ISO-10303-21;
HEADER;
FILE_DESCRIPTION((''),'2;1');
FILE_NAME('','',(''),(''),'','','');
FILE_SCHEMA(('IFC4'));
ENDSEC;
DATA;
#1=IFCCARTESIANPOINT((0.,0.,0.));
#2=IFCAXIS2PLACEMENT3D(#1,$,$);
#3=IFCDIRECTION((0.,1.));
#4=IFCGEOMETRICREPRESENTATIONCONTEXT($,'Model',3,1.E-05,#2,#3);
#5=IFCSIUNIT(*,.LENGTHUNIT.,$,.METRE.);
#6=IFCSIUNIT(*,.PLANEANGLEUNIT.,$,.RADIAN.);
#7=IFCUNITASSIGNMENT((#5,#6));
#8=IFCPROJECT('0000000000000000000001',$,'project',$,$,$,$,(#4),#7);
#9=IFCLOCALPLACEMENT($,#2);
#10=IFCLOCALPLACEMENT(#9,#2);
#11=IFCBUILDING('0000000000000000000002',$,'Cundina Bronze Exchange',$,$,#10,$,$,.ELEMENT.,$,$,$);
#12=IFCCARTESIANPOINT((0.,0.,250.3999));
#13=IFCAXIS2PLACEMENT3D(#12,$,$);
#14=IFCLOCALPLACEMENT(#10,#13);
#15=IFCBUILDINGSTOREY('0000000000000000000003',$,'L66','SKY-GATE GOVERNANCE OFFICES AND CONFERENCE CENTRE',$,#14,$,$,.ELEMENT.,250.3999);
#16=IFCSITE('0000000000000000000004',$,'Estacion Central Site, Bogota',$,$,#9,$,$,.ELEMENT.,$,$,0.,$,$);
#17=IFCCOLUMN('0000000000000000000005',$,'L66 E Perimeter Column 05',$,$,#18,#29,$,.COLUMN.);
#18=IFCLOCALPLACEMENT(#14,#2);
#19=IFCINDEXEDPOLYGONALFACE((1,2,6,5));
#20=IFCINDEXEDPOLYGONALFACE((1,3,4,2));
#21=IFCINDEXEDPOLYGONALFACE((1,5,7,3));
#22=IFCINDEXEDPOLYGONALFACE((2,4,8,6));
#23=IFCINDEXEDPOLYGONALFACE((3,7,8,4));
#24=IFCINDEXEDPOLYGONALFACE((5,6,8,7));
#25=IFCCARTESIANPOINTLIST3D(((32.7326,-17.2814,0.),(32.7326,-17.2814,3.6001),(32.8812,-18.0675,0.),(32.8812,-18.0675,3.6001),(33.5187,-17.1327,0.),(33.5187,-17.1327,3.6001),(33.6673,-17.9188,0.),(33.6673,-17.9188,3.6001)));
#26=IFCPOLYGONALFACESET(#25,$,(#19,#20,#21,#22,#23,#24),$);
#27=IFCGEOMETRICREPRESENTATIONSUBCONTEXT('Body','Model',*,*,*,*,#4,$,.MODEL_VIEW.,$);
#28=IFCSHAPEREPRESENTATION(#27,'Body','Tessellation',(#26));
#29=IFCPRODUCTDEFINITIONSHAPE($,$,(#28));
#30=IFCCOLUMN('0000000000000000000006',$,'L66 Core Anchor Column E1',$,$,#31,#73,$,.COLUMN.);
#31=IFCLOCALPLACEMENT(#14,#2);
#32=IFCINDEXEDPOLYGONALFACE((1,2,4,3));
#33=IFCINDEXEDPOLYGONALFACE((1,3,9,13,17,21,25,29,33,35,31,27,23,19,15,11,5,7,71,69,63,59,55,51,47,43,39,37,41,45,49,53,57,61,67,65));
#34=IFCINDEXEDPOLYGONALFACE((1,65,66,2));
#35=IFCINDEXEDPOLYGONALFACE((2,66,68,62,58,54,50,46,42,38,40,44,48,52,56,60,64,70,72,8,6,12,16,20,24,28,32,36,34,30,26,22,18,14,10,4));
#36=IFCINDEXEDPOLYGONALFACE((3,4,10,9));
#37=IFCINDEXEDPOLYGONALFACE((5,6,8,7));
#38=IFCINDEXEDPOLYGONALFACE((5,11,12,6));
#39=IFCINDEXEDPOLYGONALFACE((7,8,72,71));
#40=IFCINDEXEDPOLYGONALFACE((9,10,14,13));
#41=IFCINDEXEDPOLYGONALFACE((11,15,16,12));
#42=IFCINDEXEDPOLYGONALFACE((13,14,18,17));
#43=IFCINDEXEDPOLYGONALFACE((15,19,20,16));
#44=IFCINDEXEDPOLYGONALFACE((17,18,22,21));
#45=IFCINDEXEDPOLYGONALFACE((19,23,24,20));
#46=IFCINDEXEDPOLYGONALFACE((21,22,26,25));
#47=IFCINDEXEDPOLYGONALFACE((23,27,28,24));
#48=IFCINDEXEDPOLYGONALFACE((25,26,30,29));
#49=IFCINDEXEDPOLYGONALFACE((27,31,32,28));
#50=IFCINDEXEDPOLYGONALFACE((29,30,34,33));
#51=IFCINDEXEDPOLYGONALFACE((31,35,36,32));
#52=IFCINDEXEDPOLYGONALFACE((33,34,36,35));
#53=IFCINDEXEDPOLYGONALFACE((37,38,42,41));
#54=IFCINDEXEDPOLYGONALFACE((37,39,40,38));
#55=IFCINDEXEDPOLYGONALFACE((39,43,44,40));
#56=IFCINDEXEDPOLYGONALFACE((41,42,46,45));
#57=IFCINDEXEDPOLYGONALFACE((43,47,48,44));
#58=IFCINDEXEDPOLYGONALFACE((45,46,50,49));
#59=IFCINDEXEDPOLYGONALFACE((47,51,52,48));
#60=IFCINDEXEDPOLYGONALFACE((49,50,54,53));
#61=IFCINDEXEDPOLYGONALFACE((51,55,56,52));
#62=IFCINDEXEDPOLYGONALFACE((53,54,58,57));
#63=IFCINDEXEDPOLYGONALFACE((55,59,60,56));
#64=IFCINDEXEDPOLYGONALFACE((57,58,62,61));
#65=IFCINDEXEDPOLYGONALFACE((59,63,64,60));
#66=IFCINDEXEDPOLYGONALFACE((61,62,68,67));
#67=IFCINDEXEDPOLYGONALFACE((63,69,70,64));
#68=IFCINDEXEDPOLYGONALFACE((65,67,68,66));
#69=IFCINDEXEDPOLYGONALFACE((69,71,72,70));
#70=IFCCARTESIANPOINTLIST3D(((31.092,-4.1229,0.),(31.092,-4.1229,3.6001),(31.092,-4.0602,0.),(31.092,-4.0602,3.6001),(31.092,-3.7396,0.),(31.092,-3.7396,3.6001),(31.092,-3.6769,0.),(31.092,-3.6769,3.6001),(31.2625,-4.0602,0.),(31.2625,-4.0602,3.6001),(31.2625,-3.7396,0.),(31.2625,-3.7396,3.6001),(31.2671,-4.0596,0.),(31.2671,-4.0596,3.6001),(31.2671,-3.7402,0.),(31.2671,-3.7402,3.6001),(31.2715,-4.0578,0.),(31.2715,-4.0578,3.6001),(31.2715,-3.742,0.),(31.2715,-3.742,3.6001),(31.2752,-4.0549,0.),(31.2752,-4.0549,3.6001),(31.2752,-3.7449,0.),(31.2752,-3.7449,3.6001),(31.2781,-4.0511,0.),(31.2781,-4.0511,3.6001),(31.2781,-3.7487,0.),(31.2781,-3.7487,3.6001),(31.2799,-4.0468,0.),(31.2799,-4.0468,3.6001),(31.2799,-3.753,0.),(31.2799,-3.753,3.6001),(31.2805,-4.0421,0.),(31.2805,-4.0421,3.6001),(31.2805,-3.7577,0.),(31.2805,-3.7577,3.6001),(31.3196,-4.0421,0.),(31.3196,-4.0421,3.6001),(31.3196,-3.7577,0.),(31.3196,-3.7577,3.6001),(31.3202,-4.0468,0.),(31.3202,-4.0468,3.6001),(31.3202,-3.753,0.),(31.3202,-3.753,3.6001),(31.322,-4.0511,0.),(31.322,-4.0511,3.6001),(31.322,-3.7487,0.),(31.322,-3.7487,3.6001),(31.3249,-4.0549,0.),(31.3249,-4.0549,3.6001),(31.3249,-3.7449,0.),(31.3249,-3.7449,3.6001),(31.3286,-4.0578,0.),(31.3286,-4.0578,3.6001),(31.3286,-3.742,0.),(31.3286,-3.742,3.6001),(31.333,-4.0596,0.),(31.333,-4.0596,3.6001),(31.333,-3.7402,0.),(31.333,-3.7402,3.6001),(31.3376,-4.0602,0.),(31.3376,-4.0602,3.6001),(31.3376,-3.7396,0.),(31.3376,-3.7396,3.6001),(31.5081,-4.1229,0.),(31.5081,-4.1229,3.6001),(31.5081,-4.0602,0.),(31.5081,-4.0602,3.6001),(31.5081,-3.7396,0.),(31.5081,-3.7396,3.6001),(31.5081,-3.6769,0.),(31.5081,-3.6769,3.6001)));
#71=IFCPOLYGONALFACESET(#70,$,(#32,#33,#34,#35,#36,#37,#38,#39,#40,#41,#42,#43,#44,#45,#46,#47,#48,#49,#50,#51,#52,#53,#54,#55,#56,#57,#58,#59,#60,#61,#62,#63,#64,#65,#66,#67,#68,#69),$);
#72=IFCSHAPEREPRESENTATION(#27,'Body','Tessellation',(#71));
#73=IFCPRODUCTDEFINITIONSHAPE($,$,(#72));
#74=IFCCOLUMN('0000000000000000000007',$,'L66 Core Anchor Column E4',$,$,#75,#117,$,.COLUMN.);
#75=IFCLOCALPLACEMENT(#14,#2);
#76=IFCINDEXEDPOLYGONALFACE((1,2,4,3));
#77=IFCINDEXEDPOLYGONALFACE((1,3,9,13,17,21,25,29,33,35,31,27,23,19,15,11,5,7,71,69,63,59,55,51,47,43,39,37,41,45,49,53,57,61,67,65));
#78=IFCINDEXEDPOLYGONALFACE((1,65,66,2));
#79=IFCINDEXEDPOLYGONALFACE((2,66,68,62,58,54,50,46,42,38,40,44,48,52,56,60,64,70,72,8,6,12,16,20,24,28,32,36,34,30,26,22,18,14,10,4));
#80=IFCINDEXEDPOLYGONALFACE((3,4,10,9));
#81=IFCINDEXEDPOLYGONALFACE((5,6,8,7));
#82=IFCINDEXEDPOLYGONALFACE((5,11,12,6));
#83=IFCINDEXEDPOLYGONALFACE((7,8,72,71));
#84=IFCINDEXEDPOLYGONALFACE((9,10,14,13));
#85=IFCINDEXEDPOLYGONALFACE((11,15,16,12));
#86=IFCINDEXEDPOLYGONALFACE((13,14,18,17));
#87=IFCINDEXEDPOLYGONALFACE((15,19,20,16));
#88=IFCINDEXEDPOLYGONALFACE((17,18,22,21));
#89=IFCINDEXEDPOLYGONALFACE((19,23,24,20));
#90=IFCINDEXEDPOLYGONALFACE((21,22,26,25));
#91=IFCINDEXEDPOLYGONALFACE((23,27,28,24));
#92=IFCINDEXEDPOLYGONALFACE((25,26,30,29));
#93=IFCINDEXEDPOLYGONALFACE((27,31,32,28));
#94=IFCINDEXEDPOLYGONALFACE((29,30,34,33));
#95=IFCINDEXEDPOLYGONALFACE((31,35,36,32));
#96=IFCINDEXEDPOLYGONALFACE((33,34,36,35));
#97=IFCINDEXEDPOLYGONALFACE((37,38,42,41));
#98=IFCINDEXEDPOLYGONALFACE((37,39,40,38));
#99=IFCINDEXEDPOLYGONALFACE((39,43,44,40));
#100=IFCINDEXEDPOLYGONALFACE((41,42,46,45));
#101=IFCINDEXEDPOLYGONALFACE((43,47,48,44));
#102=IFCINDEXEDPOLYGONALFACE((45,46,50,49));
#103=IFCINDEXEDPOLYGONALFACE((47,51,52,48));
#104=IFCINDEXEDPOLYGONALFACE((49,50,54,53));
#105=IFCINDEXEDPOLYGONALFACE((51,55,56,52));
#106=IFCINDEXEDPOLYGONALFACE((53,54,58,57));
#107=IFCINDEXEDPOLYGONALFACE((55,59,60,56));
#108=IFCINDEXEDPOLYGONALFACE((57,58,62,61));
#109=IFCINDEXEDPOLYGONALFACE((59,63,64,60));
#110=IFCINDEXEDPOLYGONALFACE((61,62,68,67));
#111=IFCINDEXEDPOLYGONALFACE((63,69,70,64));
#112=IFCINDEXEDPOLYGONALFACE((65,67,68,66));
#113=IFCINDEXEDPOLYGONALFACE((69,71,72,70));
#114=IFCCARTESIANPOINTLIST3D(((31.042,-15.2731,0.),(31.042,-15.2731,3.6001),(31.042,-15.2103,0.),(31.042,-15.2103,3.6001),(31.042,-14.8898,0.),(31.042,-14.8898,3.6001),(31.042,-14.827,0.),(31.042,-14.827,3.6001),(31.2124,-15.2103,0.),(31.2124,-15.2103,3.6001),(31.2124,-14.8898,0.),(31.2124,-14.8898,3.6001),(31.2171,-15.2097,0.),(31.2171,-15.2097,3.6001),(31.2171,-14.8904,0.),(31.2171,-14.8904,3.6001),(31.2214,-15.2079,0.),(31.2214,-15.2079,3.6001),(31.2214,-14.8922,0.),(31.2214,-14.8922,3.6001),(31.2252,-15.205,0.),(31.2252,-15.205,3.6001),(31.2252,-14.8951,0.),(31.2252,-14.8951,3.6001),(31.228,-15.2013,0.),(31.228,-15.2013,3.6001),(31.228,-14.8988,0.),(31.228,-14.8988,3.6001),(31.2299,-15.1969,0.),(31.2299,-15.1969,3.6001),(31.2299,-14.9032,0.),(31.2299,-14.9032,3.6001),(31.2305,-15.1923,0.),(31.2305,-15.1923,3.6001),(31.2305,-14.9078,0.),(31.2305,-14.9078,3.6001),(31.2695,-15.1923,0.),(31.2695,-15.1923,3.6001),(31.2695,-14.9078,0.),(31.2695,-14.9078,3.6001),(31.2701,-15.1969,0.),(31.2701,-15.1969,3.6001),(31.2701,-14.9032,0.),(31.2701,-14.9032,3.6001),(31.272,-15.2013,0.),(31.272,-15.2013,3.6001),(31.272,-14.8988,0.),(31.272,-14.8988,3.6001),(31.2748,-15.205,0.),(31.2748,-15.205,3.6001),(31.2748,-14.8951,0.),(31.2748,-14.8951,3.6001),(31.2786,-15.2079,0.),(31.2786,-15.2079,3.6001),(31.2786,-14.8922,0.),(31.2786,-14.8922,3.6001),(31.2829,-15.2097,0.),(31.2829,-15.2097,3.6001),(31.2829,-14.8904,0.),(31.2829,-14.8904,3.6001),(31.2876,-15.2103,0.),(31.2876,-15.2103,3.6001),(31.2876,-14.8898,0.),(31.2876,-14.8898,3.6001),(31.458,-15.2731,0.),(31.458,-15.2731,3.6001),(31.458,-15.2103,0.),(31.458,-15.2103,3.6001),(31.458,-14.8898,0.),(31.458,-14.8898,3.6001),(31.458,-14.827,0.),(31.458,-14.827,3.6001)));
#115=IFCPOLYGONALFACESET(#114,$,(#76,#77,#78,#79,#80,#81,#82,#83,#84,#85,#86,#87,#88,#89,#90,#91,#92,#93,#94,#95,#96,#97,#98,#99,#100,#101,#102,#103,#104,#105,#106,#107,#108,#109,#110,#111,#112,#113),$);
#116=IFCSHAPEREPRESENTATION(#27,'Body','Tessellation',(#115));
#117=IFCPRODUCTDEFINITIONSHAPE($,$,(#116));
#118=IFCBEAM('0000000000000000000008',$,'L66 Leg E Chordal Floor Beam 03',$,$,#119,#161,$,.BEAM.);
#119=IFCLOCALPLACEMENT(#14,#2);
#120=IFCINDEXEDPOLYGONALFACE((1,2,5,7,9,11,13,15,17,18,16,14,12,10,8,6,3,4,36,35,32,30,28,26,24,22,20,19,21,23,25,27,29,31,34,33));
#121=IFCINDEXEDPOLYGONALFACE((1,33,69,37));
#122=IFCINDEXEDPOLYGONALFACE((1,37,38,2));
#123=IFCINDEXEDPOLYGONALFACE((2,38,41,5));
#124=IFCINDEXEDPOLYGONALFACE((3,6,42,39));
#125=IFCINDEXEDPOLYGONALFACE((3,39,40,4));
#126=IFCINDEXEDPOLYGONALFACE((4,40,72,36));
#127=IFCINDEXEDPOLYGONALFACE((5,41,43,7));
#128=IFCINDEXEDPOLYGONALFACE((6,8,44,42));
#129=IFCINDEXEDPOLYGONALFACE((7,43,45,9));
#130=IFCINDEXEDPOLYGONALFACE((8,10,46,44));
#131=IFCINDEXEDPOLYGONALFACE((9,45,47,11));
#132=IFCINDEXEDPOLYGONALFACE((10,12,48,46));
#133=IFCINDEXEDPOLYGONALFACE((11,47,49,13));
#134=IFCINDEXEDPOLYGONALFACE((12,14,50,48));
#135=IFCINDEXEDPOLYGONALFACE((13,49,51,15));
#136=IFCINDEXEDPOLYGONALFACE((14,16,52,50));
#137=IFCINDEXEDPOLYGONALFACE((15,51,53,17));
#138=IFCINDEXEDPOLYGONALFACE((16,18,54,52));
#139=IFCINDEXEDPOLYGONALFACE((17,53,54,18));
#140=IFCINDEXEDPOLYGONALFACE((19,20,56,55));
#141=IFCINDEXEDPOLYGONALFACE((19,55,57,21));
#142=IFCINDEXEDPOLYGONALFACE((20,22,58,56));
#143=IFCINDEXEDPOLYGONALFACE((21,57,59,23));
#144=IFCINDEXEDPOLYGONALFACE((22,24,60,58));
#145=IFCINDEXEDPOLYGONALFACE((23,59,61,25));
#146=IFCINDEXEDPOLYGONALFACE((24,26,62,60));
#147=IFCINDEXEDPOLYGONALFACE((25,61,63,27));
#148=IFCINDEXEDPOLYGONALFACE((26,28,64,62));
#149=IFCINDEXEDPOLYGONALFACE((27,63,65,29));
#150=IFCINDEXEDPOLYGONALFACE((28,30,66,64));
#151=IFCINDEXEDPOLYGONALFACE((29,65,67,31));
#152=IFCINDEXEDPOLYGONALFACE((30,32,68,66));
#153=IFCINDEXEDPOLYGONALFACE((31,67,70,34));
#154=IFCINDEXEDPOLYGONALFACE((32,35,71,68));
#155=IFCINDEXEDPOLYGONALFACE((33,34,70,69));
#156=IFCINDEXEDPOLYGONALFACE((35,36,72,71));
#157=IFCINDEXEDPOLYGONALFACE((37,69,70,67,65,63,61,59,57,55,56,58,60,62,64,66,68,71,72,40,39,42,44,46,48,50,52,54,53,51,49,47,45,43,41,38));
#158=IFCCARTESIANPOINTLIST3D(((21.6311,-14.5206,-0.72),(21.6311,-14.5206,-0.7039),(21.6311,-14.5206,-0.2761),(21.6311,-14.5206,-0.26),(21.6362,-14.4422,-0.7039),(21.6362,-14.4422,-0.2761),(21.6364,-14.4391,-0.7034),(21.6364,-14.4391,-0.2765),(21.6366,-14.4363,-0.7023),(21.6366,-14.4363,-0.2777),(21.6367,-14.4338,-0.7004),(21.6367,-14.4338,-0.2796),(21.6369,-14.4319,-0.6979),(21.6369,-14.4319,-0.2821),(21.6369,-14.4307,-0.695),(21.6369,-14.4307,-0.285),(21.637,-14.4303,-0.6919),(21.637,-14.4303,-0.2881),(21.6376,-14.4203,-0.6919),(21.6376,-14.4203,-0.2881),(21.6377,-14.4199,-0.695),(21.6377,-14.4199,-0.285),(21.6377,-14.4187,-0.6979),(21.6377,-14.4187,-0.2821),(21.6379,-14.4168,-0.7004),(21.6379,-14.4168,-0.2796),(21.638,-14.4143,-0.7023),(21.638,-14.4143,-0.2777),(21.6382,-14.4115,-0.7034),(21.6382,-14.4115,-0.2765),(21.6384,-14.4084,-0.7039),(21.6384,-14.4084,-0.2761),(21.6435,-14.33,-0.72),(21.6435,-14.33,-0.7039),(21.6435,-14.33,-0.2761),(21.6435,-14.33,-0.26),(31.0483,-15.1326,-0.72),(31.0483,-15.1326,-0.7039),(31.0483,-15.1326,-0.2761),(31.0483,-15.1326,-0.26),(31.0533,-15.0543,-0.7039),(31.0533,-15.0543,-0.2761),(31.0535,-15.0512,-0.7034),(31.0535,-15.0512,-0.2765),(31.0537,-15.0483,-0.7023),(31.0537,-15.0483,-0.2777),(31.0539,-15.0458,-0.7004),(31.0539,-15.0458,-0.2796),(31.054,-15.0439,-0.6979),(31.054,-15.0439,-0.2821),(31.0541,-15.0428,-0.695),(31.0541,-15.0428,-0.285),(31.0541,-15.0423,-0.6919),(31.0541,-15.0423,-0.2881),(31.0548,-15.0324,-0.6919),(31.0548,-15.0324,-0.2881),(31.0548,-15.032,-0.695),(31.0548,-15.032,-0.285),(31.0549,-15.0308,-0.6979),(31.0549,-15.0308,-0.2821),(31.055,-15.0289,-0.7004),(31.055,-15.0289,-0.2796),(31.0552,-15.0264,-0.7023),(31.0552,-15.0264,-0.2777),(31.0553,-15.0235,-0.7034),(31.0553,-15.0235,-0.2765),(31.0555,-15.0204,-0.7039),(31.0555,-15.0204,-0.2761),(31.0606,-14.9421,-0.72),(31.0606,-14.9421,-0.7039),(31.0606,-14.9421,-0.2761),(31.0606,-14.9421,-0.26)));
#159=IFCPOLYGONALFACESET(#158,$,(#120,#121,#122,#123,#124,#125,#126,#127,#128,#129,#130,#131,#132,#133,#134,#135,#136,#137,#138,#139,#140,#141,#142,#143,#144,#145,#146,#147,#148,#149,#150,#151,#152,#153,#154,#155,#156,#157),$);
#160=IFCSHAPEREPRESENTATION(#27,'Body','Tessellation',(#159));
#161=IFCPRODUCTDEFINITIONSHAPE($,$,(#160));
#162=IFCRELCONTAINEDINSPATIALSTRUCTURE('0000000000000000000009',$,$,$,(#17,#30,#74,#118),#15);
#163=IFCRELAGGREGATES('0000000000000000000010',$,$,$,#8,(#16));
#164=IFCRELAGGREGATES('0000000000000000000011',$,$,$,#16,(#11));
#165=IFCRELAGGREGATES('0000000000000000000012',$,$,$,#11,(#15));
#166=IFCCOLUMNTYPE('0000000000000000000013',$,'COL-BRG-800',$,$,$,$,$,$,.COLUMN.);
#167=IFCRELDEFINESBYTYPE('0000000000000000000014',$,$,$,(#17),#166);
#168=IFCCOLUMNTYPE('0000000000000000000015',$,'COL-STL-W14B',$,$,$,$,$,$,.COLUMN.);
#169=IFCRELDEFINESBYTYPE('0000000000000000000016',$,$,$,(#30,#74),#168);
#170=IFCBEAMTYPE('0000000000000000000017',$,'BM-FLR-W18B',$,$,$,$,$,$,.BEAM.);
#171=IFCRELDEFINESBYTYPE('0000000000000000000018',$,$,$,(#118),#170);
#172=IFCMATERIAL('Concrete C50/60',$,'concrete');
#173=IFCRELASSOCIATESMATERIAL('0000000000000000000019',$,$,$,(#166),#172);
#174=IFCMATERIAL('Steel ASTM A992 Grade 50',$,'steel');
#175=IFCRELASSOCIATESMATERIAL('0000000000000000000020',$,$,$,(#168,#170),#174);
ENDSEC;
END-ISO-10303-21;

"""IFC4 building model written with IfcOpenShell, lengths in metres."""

from ifc_helpers import new_model, si_unit, direction, frame, origin, origin_2d, place, context, subcontext, project, spatial, rectangle, i_section, extrude, material, material_profile, profile_set, type_object, element, save


model = new_model("IFC4")

# Units and contexts
model_context = context("Model", 3, precision=1e-05, world=origin(), true_north=direction((0.0, 1.0)))
body_context = subcontext(model_context, "Body", "Model", "MODEL_VIEW")
ifc_project = project(units=[si_unit("LENGTHUNIT", "METRE"), si_unit("PLANEANGLEUNIT", "RADIAN")], contexts=[model_context])

# Site, building, storey
site_placement = place(None, origin())
site = spatial("IfcSite", under=ifc_project, at=site_placement, Name="Estacion Central Site, Bogota", CompositionType="ELEMENT", RefElevation=0.0)
building_placement = place(site_placement, origin())
building = spatial("IfcBuilding", under=site, at=building_placement, Name="Cundina Bronze Exchange", CompositionType="ELEMENT")
storey_placement = place(building_placement, frame((0.0, 0.0, 250.3999)))
storey = spatial("IfcBuildingStorey", under=building, at=storey_placement, Name="L66", Description="SKY-GATE GOVERNANCE OFFICES AND CONFERENCE CENTRE", CompositionType="ELEMENT", Elevation=250.3999)

# Columns
ifc_material_1 = material(Name="Concrete C50/60", Category="concrete")
ifc_material_profile_1 = material_profile(ifc_material_1, rectangle(XDim=0.8, YDim=0.8, at=origin_2d()), Name="RC800X800", Category="concrete")
ifc_profile_set_1 = profile_set([ifc_material_profile_1], Name="Concrete C50/60")
column_type_1 = type_object("IfcColumnType", Name="COL-BRG-800", PredefinedType="COLUMN", material=ifc_profile_set_1)
column_placement = place(storey_placement, frame((33.2, -17.6001, 0.0), z_axis=(0.0, 0.0, 1.0), x_axis=(0.98258, 0.185838, 0.0)))
element("IfcColumn", 1, at=column_placement, inside=storey, type_object=column_type_1, Name="L66 E Perimeter Column 05", PredefinedType="COLUMN", context=body_context, shape_type="SweptSolid", body=[
    extrude(rectangle(XDim=0.8, YDim=0.8, at=origin_2d()), origin(), (0.0, 0.0, 1.0), 3.6001),
])
ifc_material_2 = material(Name="Steel ASTM A992 Grade 50", Category="steel")
ifc_material_profile_2 = material_profile(ifc_material_2, i_section(OverallWidth=0.416, OverallDepth=0.446, WebThickness=0.0391, FlangeThickness=0.0627, FilletRadius=0.0181, at=origin_2d()), Name="W14X342", Category="steel")
ifc_profile_set_2 = profile_set([ifc_material_profile_2], Name="Steel ASTM A992 Grade 50")
column_type_2 = type_object("IfcColumnType", Name="COL-STL-W14B", PredefinedType="COLUMN", material=ifc_profile_set_2)
for number, where, z_axis, x_axis, name in (
    (2, (31.3, -3.8999, 0.0), (0.0, 0.0, 1.0), (1.0, 0.0, 0.0), "L66 Core Anchor Column E1"),
    (3, (31.25, -15.05, 0.0), (0.0, 0.0, 1.0), (1.0, 0.0, 0.0), "L66 Core Anchor Column E4"),
):
    element("IfcColumn", number, at=place(storey_placement, frame(where, z_axis=z_axis, x_axis=x_axis)), inside=storey, type_object=column_type_2, Name=name, PredefinedType="COLUMN", context=body_context, shape_type="SweptSolid", body=[
        extrude(i_section(OverallWidth=0.416, OverallDepth=0.446, WebThickness=0.0391, FlangeThickness=0.0627, FilletRadius=0.0181, at=origin_2d()), origin(), (0.0, 0.0, 1.0), 3.6001),
    ])

# Beam
ifc_material_profile_3 = material_profile(ifc_material_2, i_section(OverallWidth=0.1909, OverallDepth=0.46, WebThickness=0.01, FlangeThickness=0.0161, FilletRadius=0.012, at=origin_2d()), Name="W18X55", Category="steel")
ifc_profile_set_3 = profile_set([ifc_material_profile_3], Name="Steel ASTM A992 Grade 50")
beam_type_1 = type_object("IfcBeamType", Name="BM-FLR-W18B", PredefinedType="BEAM", material=ifc_profile_set_3)
beam_1_placement = place(storey_placement, frame((31.0544, -15.0374, -0.49), z_axis=(-0.997895, 0.064857, 0.0), x_axis=(-0.064857, -0.997895, 0.0)))
element("IfcBeam", 4, at=beam_1_placement, inside=storey, type_object=beam_type_1, Name="L66 Leg E Chordal Floor Beam 03", PredefinedType="BEAM", context=body_context, shape_type="SweptSolid", body=[
    extrude(i_section(OverallWidth=0.1909, OverallDepth=0.46, WebThickness=0.01, FlangeThickness=0.0161, FilletRadius=0.012, at=origin_2d()), origin(), (0.0, 0.0, 1.0), 9.437),
])

save(model, "model.ifc")
